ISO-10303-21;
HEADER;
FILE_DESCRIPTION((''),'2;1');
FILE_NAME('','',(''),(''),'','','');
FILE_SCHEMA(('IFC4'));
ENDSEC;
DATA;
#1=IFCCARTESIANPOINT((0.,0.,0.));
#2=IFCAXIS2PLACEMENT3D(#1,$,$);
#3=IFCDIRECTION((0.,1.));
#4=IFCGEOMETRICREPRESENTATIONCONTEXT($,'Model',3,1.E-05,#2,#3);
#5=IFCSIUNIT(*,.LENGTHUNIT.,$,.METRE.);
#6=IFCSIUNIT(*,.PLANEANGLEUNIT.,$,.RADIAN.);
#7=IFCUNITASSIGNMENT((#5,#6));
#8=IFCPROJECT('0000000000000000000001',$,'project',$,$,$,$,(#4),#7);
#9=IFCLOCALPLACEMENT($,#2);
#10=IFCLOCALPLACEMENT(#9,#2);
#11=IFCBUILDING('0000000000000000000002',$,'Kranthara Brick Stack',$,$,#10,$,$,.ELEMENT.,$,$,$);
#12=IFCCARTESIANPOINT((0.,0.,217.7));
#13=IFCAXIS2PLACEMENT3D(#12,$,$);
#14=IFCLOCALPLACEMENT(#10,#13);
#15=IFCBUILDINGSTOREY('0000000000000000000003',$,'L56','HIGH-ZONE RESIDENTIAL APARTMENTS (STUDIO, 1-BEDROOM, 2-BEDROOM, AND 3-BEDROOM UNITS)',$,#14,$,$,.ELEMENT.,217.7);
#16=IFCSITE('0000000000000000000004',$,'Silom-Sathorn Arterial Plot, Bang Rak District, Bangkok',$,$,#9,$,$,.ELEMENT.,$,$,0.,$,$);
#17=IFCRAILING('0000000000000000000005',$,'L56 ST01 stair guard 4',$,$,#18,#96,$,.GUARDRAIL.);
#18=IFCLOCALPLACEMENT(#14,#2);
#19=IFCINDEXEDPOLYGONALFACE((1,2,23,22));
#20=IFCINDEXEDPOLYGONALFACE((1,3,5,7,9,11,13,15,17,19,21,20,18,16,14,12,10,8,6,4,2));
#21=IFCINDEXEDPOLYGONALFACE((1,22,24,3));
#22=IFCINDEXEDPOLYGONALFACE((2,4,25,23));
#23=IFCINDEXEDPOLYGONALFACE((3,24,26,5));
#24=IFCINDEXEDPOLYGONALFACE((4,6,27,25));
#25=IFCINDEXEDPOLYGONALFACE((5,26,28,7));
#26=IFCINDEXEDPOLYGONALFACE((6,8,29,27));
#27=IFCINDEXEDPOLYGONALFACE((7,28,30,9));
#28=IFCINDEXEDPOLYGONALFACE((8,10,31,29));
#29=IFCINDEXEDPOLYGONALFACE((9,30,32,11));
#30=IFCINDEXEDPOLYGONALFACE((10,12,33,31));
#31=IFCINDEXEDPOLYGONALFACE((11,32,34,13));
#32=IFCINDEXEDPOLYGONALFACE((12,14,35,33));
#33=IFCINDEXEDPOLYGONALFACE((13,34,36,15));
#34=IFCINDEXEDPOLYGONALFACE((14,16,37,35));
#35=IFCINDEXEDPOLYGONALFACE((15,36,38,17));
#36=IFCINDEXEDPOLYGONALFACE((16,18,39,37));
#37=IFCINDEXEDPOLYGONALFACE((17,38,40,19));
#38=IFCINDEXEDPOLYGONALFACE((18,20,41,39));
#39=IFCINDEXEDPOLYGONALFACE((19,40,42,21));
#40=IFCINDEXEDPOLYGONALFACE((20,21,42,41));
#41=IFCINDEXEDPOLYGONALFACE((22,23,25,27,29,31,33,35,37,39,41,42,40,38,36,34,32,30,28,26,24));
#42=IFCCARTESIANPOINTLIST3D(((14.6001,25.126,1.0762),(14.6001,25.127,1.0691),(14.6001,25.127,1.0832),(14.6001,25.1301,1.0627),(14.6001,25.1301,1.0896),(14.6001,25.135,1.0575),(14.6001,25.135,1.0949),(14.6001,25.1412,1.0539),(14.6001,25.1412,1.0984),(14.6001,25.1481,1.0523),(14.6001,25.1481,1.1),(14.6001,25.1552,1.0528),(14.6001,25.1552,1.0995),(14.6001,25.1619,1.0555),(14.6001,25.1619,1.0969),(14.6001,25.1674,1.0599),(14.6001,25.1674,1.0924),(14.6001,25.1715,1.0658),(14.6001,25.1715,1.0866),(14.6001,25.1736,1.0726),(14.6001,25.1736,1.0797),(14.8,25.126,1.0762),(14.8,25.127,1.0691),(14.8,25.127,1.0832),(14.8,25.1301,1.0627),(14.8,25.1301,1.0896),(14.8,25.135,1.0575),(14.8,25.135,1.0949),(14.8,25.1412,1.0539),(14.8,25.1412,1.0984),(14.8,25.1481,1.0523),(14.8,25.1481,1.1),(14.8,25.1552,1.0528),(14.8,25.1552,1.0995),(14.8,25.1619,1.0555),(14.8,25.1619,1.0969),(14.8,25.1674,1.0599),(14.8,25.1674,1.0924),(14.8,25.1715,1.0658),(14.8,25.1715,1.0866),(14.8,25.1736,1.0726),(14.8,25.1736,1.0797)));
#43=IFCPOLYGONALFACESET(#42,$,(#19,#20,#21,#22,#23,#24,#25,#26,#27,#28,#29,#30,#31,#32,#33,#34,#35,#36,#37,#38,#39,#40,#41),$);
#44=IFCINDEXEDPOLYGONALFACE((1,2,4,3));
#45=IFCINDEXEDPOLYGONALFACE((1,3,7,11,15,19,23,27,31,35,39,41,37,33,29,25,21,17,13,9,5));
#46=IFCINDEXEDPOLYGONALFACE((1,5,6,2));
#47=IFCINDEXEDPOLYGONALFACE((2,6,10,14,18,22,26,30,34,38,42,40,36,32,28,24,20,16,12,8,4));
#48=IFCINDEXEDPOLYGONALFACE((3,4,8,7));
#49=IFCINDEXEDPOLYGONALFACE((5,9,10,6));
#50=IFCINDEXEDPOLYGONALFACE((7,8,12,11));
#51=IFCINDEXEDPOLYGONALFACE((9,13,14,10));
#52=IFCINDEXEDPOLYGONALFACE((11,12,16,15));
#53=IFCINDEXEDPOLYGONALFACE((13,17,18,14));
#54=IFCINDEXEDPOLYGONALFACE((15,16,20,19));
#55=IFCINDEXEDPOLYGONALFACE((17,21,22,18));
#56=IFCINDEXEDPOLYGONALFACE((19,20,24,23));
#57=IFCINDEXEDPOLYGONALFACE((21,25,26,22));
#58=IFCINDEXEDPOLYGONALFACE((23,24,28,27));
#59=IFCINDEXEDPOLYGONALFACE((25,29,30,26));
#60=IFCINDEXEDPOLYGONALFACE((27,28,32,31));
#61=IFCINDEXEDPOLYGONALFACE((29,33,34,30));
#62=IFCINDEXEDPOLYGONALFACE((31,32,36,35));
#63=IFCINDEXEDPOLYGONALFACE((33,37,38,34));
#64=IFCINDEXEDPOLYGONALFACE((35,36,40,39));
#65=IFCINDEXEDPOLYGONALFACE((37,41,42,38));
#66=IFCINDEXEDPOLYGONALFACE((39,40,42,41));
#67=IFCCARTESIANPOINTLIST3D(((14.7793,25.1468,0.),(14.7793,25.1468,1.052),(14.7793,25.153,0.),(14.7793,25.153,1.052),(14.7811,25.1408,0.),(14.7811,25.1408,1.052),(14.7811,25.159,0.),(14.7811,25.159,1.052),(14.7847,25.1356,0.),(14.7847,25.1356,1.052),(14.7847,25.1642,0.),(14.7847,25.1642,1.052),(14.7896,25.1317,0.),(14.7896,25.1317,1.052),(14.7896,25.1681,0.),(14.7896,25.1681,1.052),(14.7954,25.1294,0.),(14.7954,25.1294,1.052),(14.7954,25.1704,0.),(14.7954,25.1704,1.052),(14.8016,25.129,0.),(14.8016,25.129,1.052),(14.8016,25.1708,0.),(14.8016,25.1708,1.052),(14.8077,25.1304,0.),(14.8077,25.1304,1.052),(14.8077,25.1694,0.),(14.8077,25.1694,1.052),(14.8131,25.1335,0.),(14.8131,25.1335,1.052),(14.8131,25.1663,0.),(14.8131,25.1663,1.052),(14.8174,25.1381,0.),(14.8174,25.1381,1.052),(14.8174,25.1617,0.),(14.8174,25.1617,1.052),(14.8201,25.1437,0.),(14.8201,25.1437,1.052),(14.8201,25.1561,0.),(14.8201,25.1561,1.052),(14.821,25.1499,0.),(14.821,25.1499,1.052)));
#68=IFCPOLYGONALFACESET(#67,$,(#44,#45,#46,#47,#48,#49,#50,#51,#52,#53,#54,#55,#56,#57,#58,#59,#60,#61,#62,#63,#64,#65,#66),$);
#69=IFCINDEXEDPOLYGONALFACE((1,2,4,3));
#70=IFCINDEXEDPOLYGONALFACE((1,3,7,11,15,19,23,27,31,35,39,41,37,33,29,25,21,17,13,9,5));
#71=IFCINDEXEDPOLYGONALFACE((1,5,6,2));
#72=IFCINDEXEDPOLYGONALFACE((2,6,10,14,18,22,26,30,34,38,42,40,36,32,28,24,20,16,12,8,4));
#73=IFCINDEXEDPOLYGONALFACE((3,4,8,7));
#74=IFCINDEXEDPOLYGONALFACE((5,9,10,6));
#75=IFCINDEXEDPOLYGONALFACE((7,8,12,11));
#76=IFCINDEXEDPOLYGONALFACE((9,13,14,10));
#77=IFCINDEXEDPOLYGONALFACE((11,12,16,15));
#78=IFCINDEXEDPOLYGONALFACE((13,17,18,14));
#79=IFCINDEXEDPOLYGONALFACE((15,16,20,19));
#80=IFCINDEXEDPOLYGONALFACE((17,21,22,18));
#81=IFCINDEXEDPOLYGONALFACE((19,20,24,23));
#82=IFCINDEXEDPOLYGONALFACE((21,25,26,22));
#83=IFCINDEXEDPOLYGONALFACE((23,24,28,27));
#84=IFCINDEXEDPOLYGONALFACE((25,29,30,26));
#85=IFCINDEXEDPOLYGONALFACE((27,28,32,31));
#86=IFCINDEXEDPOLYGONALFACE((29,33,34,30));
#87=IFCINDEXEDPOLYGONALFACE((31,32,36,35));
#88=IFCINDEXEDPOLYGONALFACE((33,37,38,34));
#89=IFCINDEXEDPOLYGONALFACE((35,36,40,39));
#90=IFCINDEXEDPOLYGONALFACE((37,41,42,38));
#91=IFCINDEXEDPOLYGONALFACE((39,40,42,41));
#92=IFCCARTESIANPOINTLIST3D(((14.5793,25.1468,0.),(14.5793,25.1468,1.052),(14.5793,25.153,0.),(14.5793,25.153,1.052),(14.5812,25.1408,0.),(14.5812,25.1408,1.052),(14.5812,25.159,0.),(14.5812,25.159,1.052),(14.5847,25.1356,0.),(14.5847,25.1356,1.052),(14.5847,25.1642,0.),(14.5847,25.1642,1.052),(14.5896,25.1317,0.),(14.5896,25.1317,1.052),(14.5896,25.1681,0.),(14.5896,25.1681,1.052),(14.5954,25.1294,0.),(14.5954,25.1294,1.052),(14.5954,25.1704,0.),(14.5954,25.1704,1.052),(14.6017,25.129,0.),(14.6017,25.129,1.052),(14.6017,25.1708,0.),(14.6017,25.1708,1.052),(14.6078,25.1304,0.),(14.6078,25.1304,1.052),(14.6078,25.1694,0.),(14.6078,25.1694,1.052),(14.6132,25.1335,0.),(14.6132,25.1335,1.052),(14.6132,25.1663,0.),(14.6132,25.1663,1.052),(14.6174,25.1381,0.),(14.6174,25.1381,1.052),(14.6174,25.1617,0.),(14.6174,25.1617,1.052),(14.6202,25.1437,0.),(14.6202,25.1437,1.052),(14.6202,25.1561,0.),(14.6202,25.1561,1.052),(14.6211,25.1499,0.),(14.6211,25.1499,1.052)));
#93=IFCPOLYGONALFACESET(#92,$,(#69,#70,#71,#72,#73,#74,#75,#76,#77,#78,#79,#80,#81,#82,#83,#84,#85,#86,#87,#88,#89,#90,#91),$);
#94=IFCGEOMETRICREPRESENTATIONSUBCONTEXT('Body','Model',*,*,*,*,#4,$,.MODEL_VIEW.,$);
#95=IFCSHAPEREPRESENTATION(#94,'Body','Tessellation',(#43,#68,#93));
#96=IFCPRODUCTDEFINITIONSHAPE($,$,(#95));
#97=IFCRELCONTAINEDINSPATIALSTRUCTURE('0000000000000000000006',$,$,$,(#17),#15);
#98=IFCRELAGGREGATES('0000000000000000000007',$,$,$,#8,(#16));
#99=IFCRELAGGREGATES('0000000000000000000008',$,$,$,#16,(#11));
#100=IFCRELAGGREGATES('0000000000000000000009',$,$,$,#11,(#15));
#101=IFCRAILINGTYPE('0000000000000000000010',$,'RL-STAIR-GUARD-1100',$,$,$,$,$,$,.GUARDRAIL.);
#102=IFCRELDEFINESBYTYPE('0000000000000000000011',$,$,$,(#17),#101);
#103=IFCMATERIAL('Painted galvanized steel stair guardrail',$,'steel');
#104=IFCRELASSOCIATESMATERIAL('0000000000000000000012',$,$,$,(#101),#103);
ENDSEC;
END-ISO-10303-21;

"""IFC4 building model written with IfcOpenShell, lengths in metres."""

from ifc_helpers import new_model, si_unit, direction, frame, origin, origin_2d, place, context, subcontext, project, spatial, circle, extrude, material, type_object, element, save


model = new_model("IFC4")

# Units and contexts
model_context = context("Model", 3, precision=1e-05, world=origin(), true_north=direction((0.0, 1.0)))
body_context = subcontext(model_context, "Body", "Model", "MODEL_VIEW")
ifc_project = project(units=[si_unit("LENGTHUNIT", "METRE"), si_unit("PLANEANGLEUNIT", "RADIAN")], contexts=[model_context])

# Site, building, storey
site_placement = place(None, origin())
site = spatial("IfcSite", under=ifc_project, at=site_placement, Name="Silom-Sathorn Arterial Plot, Bang Rak District, Bangkok", CompositionType="ELEMENT", RefElevation=0.0)
building_placement = place(site_placement, origin())
building = spatial("IfcBuilding", under=site, at=building_placement, Name="Kranthara Brick Stack", CompositionType="ELEMENT")
storey_placement = place(building_placement, frame((0.0, 0.0, 217.7)))
storey = spatial("IfcBuildingStorey", under=building, at=storey_placement, Name="L56", Description="HIGH-ZONE RESIDENTIAL APARTMENTS (STUDIO, 1-BEDROOM, 2-BEDROOM, AND 3-BEDROOM UNITS)", CompositionType="ELEMENT", Elevation=217.7)

# Railing
ifc_material_1 = material(Name="Painted galvanized steel stair guardrail", Category="steel")
railing_type_1 = type_object("IfcRailingType", Name="RL-STAIR-GUARD-1100", PredefinedType="GUARDRAIL", material=ifc_material_1)
railing_1_placement = place(storey_placement, frame((14.8, 25.1499, 0.0)))
element("IfcRailing", 1, at=railing_1_placement, inside=storey, type_object=railing_type_1, Name="L56 ST01 stair guard 4", PredefinedType="GUARDRAIL", context=body_context, shape_type="SweptSolid", body=[
    extrude(circle(Radius=0.0239, at=origin_2d()), frame((0.0, 0.0, 1.0762), z_axis=(-1.0, 0.0, 0.0), x_axis=(0.0, -1.0, 0.0)), (0.0, 0.0, 1.0), 0.2),
    extrude(circle(Radius=0.021, at=origin_2d()), origin(), (0.0, 0.0, 1.0), 1.052),
    extrude(circle(Radius=0.021, at=origin_2d()), frame((-0.2, 0.0, 0.0)), (0.0, 0.0, 1.0), 1.052),
])

save(model, "model.ifc")
